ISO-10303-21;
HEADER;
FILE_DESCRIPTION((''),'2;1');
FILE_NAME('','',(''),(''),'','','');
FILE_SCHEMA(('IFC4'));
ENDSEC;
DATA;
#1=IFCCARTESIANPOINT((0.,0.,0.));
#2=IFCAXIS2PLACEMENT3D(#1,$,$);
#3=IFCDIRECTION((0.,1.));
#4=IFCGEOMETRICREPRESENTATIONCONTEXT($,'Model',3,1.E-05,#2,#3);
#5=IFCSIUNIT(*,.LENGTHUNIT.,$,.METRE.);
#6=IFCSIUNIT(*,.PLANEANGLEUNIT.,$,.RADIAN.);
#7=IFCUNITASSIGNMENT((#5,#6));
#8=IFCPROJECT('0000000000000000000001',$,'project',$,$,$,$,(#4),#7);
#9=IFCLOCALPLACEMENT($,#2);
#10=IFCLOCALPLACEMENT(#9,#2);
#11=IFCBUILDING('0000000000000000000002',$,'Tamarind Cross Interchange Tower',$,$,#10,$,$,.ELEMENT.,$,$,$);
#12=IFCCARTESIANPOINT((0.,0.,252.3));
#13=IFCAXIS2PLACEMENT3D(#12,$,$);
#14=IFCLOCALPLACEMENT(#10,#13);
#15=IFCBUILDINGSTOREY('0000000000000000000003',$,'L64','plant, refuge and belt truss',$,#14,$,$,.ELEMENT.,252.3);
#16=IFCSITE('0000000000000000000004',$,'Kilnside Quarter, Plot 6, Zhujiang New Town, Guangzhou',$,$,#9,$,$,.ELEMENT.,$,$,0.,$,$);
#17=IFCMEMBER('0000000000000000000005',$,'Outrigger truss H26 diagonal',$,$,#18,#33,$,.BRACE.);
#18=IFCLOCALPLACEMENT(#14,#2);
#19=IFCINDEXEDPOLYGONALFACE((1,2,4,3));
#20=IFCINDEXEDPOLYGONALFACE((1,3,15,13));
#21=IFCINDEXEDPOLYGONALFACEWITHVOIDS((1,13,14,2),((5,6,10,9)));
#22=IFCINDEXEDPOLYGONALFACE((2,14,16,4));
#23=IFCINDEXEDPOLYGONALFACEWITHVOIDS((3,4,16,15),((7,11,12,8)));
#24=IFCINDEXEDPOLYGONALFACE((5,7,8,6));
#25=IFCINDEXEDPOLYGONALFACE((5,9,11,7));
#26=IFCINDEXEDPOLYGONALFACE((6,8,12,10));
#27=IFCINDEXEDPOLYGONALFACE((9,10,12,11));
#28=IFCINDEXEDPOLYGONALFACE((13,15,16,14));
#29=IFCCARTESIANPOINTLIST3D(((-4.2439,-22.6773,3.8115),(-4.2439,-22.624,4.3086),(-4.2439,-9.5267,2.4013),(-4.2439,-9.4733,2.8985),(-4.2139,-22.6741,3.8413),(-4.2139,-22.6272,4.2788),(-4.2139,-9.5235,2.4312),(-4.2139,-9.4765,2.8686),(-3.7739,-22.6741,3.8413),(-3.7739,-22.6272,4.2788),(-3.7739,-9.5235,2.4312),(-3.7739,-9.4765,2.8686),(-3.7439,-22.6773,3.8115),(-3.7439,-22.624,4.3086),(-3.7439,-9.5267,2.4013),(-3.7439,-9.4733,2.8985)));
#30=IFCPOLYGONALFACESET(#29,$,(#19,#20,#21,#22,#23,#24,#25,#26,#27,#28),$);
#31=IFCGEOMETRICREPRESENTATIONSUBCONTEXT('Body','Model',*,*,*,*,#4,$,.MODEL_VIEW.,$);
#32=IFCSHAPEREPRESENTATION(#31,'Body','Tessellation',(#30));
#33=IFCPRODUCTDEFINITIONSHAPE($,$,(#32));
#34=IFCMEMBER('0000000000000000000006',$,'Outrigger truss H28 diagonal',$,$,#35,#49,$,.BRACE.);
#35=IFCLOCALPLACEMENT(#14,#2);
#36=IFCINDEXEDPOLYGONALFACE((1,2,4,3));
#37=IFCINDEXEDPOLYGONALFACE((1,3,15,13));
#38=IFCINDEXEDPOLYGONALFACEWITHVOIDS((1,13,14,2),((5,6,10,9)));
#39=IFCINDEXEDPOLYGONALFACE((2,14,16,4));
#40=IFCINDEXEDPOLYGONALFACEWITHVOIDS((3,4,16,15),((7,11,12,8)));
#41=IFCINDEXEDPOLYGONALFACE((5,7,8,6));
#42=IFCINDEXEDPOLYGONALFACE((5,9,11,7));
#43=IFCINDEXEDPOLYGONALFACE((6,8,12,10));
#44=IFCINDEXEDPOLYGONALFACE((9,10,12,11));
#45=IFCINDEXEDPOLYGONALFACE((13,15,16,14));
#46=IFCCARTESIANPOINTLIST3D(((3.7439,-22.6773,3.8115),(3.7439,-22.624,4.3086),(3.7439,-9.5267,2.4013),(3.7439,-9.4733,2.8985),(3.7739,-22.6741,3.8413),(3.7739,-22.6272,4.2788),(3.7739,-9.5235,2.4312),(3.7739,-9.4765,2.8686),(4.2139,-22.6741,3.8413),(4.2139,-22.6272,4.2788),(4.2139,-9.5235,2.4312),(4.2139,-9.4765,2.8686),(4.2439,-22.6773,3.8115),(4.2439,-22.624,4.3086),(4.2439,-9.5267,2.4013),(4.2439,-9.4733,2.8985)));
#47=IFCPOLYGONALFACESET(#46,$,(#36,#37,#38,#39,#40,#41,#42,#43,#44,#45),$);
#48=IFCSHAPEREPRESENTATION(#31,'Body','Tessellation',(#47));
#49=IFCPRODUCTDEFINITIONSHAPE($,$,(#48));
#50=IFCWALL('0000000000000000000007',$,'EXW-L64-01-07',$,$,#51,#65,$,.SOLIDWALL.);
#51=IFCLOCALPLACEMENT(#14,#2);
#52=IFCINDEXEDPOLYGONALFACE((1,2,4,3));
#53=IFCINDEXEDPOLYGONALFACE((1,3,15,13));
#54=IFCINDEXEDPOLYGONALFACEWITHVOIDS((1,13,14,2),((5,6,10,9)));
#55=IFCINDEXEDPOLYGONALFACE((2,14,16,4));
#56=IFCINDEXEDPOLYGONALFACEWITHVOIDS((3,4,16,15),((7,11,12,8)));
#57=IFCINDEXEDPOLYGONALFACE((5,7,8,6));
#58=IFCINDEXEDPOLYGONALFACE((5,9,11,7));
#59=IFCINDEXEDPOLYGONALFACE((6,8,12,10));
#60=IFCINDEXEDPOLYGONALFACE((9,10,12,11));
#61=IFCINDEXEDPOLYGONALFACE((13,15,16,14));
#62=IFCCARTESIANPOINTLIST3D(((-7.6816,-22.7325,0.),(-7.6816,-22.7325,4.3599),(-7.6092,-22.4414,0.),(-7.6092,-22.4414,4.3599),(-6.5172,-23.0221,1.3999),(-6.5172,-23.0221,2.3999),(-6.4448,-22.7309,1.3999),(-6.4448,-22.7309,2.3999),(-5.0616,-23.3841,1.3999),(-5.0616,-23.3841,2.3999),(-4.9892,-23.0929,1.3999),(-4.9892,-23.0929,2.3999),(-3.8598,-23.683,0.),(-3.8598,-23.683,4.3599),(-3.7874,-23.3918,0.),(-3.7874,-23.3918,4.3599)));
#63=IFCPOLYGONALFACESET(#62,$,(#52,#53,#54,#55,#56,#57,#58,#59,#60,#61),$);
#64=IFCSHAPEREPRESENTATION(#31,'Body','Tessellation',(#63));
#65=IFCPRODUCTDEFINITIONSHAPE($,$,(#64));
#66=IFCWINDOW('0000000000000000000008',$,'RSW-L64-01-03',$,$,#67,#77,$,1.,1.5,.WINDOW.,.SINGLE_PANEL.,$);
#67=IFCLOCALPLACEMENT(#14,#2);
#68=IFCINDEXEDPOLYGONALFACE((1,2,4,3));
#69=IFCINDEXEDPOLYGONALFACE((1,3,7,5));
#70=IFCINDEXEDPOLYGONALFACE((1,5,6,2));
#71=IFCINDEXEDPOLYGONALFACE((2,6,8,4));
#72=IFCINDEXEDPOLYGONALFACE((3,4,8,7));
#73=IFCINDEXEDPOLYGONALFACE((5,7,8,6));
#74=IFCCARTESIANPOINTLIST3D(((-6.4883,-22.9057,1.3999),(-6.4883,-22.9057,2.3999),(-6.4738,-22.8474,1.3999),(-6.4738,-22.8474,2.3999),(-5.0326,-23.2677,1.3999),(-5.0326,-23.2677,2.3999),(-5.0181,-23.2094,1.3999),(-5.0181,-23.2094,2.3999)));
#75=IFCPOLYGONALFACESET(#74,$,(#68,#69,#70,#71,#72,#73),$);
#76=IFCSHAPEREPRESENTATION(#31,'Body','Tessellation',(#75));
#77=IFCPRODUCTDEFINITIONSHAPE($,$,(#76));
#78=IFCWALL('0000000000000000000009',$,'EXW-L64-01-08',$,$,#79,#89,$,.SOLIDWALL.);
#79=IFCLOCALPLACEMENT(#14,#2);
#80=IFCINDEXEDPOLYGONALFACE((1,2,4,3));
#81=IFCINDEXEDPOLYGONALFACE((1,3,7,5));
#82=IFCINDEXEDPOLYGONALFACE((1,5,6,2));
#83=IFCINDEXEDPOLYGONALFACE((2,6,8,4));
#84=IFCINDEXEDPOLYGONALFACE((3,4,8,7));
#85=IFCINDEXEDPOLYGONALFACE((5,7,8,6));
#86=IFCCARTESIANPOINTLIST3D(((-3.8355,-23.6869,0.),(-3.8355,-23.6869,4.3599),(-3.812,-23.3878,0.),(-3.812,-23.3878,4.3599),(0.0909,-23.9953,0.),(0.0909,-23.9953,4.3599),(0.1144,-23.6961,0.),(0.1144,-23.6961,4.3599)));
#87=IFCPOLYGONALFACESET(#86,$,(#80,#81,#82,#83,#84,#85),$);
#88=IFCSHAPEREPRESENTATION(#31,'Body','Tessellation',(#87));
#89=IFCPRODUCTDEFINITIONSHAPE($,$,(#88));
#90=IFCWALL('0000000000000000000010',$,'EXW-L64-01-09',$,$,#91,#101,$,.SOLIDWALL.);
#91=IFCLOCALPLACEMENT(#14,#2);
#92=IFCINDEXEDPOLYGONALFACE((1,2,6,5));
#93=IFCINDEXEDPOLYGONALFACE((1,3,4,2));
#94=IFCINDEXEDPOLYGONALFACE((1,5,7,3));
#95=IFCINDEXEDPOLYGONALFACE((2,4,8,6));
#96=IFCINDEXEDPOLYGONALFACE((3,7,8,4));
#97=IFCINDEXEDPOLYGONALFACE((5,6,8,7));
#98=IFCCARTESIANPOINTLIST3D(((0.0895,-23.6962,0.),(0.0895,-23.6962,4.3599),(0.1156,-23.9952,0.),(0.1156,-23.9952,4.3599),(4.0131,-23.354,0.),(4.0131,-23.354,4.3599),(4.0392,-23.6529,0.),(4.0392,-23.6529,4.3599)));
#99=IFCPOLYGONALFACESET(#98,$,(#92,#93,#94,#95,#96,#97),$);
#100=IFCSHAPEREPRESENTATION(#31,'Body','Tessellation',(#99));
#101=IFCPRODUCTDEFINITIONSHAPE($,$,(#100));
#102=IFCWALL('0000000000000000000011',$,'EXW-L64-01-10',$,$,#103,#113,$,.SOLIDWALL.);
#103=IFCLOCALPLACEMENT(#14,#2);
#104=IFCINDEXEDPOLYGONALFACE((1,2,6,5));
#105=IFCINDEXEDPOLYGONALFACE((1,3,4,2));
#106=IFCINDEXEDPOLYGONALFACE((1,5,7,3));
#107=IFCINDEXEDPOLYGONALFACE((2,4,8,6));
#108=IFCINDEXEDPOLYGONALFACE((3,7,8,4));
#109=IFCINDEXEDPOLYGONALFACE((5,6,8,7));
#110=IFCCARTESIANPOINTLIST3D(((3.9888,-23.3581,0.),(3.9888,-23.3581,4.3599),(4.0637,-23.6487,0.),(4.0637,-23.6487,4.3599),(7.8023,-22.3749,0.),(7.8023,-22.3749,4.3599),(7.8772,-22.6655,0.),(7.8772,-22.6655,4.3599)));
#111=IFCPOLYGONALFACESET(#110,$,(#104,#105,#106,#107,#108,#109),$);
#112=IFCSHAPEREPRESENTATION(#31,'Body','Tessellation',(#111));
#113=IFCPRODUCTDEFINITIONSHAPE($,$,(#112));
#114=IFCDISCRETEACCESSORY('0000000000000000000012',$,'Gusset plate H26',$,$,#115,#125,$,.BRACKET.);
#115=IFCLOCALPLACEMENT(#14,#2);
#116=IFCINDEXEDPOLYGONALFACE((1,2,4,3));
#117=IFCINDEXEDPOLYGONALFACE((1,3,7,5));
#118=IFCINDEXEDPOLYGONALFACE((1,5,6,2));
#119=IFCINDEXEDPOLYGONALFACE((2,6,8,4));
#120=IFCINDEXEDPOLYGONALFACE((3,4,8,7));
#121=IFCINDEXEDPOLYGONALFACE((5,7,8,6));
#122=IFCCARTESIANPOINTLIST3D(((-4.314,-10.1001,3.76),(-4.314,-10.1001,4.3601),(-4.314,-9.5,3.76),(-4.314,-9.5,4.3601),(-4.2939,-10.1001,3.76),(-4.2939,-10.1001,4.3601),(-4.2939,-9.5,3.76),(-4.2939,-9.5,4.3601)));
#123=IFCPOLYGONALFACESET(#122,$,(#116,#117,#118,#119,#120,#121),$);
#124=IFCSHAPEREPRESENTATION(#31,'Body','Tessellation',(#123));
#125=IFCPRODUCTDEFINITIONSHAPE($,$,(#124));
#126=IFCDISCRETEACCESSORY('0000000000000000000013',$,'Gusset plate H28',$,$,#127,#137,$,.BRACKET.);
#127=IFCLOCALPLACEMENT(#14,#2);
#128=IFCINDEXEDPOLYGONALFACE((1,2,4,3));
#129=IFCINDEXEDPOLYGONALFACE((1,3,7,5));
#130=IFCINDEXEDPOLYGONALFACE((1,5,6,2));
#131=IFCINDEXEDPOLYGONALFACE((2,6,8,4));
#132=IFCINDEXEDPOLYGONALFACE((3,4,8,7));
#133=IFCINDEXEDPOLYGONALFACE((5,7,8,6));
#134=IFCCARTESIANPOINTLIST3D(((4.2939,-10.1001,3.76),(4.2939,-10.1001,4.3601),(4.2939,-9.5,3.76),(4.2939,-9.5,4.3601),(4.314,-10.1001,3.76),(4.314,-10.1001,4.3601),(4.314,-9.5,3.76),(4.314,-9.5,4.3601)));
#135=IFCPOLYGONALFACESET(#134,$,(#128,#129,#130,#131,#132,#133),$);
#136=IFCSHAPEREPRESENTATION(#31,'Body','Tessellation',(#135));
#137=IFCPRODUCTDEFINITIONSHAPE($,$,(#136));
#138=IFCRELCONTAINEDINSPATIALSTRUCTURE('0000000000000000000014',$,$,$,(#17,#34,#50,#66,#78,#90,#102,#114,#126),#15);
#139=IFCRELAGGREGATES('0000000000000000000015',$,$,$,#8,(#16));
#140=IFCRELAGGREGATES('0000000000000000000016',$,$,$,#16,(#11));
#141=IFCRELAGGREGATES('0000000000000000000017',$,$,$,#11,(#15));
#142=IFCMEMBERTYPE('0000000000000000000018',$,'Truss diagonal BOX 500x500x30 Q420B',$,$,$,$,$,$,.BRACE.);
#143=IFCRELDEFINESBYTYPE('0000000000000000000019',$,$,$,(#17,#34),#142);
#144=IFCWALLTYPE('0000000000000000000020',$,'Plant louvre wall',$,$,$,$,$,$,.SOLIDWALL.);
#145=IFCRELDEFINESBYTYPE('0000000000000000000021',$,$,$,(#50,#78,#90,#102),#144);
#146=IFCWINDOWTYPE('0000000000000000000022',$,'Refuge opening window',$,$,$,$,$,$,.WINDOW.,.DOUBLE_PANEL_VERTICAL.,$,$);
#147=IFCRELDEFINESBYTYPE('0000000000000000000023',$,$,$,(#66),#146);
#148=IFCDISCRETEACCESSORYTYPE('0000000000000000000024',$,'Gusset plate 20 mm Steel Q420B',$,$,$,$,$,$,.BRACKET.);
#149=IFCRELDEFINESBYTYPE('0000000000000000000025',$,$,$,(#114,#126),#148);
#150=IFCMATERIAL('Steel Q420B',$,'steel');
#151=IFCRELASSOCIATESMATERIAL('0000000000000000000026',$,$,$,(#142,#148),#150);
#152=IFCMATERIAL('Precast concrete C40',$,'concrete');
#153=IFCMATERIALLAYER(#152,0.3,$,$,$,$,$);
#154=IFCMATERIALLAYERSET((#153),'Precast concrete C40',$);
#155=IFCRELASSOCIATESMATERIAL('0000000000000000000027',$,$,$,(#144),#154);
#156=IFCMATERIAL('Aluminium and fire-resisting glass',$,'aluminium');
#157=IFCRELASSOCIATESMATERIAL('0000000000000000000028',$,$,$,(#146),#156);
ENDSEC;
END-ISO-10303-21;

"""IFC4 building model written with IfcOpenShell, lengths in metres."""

from ifc_helpers import new_model, si_unit, direction, frame, frame_2d, origin, origin_2d, place, context, subcontext, project, spatial, rectangle, hollow_rectangle, extrude, material, layer, layer_set, material_profile, profile_set, type_object, element, fill, save


model = new_model("IFC4")

# Units and contexts
model_context = context("Model", 3, precision=1e-05, world=origin(), true_north=direction((0.0, 1.0)))
body_context = subcontext(model_context, "Body", "Model", "MODEL_VIEW")
ifc_project = project(units=[si_unit("LENGTHUNIT", "METRE"), si_unit("PLANEANGLEUNIT", "RADIAN")], contexts=[model_context])

# Site, building, storey
site_placement = place(None, origin())
site = spatial("IfcSite", under=ifc_project, at=site_placement, Name="Kilnside Quarter, Plot 6, Zhujiang New Town, Guangzhou", CompositionType="ELEMENT", RefElevation=0.0)
building_placement = place(site_placement, origin())
building = spatial("IfcBuilding", under=site, at=building_placement, Name="Tamarind Cross Interchange Tower", CompositionType="ELEMENT")
storey_placement = place(building_placement, frame((0.0, 0.0, 252.3)))
storey = spatial("IfcBuildingStorey", under=building, at=storey_placement, Name="L64", Description="plant, refuge and belt truss", CompositionType="ELEMENT", Elevation=252.3)

# Members
ifc_material_1 = material(Name="Steel Q420B", Category="steel")
ifc_material_profile_1 = material_profile(ifc_material_1, hollow_rectangle(XDim=0.5, YDim=0.5, WallThickness=0.03, at=origin_2d()), Name="BOX 500x500x30")
ifc_profile_set_1 = profile_set([ifc_material_profile_1], Name="Steel Q420B")
member_type_1 = type_object("IfcMemberType", Name="Truss diagonal BOX 500x500x30 Q420B", PredefinedType="BRACE", material=ifc_profile_set_1)
for number, where, z_axis, x_axis, name in (
    (1, (-3.9939, -9.5, 2.6499), (0.0, -0.9943, 0.10662), (1.0, 0.0, 0.0), "Outrigger truss H26 diagonal"),
    (2, (3.9939, -9.5, 2.6499), (0.0, -0.9943, 0.10662), (1.0, 0.0, 0.0), "Outrigger truss H28 diagonal"),
):
    element("IfcMember", number, at=place(storey_placement, frame(where, z_axis=z_axis, x_axis=x_axis)), inside=storey, type_object=member_type_1, Name=name, PredefinedType="BRACE", context=body_context, shape_type="SweptSolid", body=[
        extrude(hollow_rectangle(XDim=0.5, YDim=0.5, WallThickness=0.03, at=origin_2d()), origin(), (0.0, 0.0, 1.0), 13.2261),
    ])

# Wall, opening, window
ifc_material_2 = material(Name="Precast concrete C40", Category="concrete")
ifc_layer = layer(ifc_material_2, 0.3)
ifc_layer_set = layer_set([ifc_layer], Name="Precast concrete C40")
wall_type = type_object("IfcWallType", Name="Plant louvre wall", PredefinedType="SOLIDWALL", material=ifc_layer_set)
wall_1_placement = place(storey_placement, frame((-7.6455, -22.5869, 0.0), z_axis=(0.0, 0.0, 1.0), x_axis=(0.970441, -0.241339, 0.0)))
wall_1 = element("IfcWall", 3, at=wall_1_placement, inside=storey, type_object=wall_type, Name="EXW-L64-01-07", PredefinedType="SOLIDWALL", context=body_context, shape_type="SweptSolid", body=[
    extrude(rectangle(XDim=3.9382, YDim=0.3, at=frame_2d((1.9692, 0.0))), origin(), (0.0, 0.0, 1.0), 4.3599),
])
opening_placement = place(wall_1_placement, frame((1.2, 0.0, 1.3999)))
opening = element("IfcOpeningElement", 4, at=opening_placement, cuts=wall_1, PredefinedType="OPENING", context=body_context, shape_type="SweptSolid", body=[
    extrude(rectangle(XDim=1.5, YDim=1.0, at=frame_2d((0.75, 0.5))), frame((0.0, 0.1599, 0.0), z_axis=(0.0, -1.0, 0.0), x_axis=(1.0, 0.0, 0.0)), (0.0, 0.0, 1.0), 0.3201),
])
ifc_material_3 = material(Name="Aluminium and fire-resisting glass", Category="aluminium")
window_type = type_object("IfcWindowType", Name="Refuge opening window", PartitioningType="DOUBLE_PANEL_VERTICAL", PredefinedType="WINDOW", material=ifc_material_3)
window_placement = place(opening_placement, origin())
window = element("IfcWindow", 5, at=window_placement, inside=storey, type_object=window_type, Name="RSW-L64-01-03", OverallHeight=1.0, OverallWidth=1.5, PartitioningType="SINGLE_PANEL", PredefinedType="WINDOW", context=body_context, shape_type="SweptSolid", body=[
    extrude(rectangle(XDim=1.5, YDim=1.0, at=frame_2d((0.75, 0.5))), frame((0.0, 0.03, 0.0), z_axis=(0.0, -1.0, 0.0), x_axis=(1.0, 0.0, 0.0)), (0.0, 0.0, 1.0), 0.0601),
])
fill(opening, window)

# Walls
for number, where, z_axis, x_axis, name in (
    (6, (-3.8237, -23.5374, 0.0), (0.0, 0.0, 1.0), (0.99693, -0.078294, 0.0), "EXW-L64-01-08"),
    (7, (0.1025, -23.8457, 0.0), (0.0, 0.0, 1.0), (0.996216, 0.086908, 0.0), "EXW-L64-01-09"),
):
    element("IfcWall", number, at=place(storey_placement, frame(where, z_axis=z_axis, x_axis=x_axis)), inside=storey, type_object=wall_type, Name=name, PredefinedType="SOLIDWALL", context=body_context, shape_type="SweptSolid", body=[
        extrude(rectangle(XDim=3.9385, YDim=0.3, at=frame_2d((1.9692, 0.0))), origin(), (0.0, 0.0, 1.0), 4.3599),
    ])
wall_2_placement = place(storey_placement, frame((4.0261, -23.5034, 0.0), z_axis=(0.0, 0.0, 1.0), x_axis=(0.968337, 0.249647, 0.0)))
element("IfcWall", 8, at=wall_2_placement, inside=storey, type_object=wall_type, Name="EXW-L64-01-10", PredefinedType="SOLIDWALL", context=body_context, shape_type="SweptSolid", body=[
    extrude(rectangle(XDim=3.9382, YDim=0.3, at=frame_2d((1.9692, 0.0))), origin(), (0.0, 0.0, 1.0), 4.3599),
])

# Discrete accessories
discrete_accessory_type = type_object("IfcDiscreteAccessoryType", Name="Gusset plate 20 mm Steel Q420B", PredefinedType="BRACKET", material=ifc_material_1)
for number, where, z_axis, x_axis, name in (
    (9, (-4.304, -9.8, 3.76), (0.0, 0.0, 1.0), (1.0, 0.0, 0.0), "Gusset plate H26"),
    (10, (4.304, -9.8, 3.76), (0.0, 0.0, 1.0), (1.0, 0.0, 0.0), "Gusset plate H28"),
):
    element("IfcDiscreteAccessory", number, at=place(storey_placement, frame(where, z_axis=z_axis, x_axis=x_axis)), inside=storey, type_object=discrete_accessory_type, Name=name, PredefinedType="BRACKET", context=body_context, shape_type="SweptSolid", body=[
        extrude(rectangle(XDim=0.02, YDim=0.6001, at=origin_2d()), origin(), (0.0, 0.0, 1.0), 0.6001),
    ])

save(model, "model.ifc")
